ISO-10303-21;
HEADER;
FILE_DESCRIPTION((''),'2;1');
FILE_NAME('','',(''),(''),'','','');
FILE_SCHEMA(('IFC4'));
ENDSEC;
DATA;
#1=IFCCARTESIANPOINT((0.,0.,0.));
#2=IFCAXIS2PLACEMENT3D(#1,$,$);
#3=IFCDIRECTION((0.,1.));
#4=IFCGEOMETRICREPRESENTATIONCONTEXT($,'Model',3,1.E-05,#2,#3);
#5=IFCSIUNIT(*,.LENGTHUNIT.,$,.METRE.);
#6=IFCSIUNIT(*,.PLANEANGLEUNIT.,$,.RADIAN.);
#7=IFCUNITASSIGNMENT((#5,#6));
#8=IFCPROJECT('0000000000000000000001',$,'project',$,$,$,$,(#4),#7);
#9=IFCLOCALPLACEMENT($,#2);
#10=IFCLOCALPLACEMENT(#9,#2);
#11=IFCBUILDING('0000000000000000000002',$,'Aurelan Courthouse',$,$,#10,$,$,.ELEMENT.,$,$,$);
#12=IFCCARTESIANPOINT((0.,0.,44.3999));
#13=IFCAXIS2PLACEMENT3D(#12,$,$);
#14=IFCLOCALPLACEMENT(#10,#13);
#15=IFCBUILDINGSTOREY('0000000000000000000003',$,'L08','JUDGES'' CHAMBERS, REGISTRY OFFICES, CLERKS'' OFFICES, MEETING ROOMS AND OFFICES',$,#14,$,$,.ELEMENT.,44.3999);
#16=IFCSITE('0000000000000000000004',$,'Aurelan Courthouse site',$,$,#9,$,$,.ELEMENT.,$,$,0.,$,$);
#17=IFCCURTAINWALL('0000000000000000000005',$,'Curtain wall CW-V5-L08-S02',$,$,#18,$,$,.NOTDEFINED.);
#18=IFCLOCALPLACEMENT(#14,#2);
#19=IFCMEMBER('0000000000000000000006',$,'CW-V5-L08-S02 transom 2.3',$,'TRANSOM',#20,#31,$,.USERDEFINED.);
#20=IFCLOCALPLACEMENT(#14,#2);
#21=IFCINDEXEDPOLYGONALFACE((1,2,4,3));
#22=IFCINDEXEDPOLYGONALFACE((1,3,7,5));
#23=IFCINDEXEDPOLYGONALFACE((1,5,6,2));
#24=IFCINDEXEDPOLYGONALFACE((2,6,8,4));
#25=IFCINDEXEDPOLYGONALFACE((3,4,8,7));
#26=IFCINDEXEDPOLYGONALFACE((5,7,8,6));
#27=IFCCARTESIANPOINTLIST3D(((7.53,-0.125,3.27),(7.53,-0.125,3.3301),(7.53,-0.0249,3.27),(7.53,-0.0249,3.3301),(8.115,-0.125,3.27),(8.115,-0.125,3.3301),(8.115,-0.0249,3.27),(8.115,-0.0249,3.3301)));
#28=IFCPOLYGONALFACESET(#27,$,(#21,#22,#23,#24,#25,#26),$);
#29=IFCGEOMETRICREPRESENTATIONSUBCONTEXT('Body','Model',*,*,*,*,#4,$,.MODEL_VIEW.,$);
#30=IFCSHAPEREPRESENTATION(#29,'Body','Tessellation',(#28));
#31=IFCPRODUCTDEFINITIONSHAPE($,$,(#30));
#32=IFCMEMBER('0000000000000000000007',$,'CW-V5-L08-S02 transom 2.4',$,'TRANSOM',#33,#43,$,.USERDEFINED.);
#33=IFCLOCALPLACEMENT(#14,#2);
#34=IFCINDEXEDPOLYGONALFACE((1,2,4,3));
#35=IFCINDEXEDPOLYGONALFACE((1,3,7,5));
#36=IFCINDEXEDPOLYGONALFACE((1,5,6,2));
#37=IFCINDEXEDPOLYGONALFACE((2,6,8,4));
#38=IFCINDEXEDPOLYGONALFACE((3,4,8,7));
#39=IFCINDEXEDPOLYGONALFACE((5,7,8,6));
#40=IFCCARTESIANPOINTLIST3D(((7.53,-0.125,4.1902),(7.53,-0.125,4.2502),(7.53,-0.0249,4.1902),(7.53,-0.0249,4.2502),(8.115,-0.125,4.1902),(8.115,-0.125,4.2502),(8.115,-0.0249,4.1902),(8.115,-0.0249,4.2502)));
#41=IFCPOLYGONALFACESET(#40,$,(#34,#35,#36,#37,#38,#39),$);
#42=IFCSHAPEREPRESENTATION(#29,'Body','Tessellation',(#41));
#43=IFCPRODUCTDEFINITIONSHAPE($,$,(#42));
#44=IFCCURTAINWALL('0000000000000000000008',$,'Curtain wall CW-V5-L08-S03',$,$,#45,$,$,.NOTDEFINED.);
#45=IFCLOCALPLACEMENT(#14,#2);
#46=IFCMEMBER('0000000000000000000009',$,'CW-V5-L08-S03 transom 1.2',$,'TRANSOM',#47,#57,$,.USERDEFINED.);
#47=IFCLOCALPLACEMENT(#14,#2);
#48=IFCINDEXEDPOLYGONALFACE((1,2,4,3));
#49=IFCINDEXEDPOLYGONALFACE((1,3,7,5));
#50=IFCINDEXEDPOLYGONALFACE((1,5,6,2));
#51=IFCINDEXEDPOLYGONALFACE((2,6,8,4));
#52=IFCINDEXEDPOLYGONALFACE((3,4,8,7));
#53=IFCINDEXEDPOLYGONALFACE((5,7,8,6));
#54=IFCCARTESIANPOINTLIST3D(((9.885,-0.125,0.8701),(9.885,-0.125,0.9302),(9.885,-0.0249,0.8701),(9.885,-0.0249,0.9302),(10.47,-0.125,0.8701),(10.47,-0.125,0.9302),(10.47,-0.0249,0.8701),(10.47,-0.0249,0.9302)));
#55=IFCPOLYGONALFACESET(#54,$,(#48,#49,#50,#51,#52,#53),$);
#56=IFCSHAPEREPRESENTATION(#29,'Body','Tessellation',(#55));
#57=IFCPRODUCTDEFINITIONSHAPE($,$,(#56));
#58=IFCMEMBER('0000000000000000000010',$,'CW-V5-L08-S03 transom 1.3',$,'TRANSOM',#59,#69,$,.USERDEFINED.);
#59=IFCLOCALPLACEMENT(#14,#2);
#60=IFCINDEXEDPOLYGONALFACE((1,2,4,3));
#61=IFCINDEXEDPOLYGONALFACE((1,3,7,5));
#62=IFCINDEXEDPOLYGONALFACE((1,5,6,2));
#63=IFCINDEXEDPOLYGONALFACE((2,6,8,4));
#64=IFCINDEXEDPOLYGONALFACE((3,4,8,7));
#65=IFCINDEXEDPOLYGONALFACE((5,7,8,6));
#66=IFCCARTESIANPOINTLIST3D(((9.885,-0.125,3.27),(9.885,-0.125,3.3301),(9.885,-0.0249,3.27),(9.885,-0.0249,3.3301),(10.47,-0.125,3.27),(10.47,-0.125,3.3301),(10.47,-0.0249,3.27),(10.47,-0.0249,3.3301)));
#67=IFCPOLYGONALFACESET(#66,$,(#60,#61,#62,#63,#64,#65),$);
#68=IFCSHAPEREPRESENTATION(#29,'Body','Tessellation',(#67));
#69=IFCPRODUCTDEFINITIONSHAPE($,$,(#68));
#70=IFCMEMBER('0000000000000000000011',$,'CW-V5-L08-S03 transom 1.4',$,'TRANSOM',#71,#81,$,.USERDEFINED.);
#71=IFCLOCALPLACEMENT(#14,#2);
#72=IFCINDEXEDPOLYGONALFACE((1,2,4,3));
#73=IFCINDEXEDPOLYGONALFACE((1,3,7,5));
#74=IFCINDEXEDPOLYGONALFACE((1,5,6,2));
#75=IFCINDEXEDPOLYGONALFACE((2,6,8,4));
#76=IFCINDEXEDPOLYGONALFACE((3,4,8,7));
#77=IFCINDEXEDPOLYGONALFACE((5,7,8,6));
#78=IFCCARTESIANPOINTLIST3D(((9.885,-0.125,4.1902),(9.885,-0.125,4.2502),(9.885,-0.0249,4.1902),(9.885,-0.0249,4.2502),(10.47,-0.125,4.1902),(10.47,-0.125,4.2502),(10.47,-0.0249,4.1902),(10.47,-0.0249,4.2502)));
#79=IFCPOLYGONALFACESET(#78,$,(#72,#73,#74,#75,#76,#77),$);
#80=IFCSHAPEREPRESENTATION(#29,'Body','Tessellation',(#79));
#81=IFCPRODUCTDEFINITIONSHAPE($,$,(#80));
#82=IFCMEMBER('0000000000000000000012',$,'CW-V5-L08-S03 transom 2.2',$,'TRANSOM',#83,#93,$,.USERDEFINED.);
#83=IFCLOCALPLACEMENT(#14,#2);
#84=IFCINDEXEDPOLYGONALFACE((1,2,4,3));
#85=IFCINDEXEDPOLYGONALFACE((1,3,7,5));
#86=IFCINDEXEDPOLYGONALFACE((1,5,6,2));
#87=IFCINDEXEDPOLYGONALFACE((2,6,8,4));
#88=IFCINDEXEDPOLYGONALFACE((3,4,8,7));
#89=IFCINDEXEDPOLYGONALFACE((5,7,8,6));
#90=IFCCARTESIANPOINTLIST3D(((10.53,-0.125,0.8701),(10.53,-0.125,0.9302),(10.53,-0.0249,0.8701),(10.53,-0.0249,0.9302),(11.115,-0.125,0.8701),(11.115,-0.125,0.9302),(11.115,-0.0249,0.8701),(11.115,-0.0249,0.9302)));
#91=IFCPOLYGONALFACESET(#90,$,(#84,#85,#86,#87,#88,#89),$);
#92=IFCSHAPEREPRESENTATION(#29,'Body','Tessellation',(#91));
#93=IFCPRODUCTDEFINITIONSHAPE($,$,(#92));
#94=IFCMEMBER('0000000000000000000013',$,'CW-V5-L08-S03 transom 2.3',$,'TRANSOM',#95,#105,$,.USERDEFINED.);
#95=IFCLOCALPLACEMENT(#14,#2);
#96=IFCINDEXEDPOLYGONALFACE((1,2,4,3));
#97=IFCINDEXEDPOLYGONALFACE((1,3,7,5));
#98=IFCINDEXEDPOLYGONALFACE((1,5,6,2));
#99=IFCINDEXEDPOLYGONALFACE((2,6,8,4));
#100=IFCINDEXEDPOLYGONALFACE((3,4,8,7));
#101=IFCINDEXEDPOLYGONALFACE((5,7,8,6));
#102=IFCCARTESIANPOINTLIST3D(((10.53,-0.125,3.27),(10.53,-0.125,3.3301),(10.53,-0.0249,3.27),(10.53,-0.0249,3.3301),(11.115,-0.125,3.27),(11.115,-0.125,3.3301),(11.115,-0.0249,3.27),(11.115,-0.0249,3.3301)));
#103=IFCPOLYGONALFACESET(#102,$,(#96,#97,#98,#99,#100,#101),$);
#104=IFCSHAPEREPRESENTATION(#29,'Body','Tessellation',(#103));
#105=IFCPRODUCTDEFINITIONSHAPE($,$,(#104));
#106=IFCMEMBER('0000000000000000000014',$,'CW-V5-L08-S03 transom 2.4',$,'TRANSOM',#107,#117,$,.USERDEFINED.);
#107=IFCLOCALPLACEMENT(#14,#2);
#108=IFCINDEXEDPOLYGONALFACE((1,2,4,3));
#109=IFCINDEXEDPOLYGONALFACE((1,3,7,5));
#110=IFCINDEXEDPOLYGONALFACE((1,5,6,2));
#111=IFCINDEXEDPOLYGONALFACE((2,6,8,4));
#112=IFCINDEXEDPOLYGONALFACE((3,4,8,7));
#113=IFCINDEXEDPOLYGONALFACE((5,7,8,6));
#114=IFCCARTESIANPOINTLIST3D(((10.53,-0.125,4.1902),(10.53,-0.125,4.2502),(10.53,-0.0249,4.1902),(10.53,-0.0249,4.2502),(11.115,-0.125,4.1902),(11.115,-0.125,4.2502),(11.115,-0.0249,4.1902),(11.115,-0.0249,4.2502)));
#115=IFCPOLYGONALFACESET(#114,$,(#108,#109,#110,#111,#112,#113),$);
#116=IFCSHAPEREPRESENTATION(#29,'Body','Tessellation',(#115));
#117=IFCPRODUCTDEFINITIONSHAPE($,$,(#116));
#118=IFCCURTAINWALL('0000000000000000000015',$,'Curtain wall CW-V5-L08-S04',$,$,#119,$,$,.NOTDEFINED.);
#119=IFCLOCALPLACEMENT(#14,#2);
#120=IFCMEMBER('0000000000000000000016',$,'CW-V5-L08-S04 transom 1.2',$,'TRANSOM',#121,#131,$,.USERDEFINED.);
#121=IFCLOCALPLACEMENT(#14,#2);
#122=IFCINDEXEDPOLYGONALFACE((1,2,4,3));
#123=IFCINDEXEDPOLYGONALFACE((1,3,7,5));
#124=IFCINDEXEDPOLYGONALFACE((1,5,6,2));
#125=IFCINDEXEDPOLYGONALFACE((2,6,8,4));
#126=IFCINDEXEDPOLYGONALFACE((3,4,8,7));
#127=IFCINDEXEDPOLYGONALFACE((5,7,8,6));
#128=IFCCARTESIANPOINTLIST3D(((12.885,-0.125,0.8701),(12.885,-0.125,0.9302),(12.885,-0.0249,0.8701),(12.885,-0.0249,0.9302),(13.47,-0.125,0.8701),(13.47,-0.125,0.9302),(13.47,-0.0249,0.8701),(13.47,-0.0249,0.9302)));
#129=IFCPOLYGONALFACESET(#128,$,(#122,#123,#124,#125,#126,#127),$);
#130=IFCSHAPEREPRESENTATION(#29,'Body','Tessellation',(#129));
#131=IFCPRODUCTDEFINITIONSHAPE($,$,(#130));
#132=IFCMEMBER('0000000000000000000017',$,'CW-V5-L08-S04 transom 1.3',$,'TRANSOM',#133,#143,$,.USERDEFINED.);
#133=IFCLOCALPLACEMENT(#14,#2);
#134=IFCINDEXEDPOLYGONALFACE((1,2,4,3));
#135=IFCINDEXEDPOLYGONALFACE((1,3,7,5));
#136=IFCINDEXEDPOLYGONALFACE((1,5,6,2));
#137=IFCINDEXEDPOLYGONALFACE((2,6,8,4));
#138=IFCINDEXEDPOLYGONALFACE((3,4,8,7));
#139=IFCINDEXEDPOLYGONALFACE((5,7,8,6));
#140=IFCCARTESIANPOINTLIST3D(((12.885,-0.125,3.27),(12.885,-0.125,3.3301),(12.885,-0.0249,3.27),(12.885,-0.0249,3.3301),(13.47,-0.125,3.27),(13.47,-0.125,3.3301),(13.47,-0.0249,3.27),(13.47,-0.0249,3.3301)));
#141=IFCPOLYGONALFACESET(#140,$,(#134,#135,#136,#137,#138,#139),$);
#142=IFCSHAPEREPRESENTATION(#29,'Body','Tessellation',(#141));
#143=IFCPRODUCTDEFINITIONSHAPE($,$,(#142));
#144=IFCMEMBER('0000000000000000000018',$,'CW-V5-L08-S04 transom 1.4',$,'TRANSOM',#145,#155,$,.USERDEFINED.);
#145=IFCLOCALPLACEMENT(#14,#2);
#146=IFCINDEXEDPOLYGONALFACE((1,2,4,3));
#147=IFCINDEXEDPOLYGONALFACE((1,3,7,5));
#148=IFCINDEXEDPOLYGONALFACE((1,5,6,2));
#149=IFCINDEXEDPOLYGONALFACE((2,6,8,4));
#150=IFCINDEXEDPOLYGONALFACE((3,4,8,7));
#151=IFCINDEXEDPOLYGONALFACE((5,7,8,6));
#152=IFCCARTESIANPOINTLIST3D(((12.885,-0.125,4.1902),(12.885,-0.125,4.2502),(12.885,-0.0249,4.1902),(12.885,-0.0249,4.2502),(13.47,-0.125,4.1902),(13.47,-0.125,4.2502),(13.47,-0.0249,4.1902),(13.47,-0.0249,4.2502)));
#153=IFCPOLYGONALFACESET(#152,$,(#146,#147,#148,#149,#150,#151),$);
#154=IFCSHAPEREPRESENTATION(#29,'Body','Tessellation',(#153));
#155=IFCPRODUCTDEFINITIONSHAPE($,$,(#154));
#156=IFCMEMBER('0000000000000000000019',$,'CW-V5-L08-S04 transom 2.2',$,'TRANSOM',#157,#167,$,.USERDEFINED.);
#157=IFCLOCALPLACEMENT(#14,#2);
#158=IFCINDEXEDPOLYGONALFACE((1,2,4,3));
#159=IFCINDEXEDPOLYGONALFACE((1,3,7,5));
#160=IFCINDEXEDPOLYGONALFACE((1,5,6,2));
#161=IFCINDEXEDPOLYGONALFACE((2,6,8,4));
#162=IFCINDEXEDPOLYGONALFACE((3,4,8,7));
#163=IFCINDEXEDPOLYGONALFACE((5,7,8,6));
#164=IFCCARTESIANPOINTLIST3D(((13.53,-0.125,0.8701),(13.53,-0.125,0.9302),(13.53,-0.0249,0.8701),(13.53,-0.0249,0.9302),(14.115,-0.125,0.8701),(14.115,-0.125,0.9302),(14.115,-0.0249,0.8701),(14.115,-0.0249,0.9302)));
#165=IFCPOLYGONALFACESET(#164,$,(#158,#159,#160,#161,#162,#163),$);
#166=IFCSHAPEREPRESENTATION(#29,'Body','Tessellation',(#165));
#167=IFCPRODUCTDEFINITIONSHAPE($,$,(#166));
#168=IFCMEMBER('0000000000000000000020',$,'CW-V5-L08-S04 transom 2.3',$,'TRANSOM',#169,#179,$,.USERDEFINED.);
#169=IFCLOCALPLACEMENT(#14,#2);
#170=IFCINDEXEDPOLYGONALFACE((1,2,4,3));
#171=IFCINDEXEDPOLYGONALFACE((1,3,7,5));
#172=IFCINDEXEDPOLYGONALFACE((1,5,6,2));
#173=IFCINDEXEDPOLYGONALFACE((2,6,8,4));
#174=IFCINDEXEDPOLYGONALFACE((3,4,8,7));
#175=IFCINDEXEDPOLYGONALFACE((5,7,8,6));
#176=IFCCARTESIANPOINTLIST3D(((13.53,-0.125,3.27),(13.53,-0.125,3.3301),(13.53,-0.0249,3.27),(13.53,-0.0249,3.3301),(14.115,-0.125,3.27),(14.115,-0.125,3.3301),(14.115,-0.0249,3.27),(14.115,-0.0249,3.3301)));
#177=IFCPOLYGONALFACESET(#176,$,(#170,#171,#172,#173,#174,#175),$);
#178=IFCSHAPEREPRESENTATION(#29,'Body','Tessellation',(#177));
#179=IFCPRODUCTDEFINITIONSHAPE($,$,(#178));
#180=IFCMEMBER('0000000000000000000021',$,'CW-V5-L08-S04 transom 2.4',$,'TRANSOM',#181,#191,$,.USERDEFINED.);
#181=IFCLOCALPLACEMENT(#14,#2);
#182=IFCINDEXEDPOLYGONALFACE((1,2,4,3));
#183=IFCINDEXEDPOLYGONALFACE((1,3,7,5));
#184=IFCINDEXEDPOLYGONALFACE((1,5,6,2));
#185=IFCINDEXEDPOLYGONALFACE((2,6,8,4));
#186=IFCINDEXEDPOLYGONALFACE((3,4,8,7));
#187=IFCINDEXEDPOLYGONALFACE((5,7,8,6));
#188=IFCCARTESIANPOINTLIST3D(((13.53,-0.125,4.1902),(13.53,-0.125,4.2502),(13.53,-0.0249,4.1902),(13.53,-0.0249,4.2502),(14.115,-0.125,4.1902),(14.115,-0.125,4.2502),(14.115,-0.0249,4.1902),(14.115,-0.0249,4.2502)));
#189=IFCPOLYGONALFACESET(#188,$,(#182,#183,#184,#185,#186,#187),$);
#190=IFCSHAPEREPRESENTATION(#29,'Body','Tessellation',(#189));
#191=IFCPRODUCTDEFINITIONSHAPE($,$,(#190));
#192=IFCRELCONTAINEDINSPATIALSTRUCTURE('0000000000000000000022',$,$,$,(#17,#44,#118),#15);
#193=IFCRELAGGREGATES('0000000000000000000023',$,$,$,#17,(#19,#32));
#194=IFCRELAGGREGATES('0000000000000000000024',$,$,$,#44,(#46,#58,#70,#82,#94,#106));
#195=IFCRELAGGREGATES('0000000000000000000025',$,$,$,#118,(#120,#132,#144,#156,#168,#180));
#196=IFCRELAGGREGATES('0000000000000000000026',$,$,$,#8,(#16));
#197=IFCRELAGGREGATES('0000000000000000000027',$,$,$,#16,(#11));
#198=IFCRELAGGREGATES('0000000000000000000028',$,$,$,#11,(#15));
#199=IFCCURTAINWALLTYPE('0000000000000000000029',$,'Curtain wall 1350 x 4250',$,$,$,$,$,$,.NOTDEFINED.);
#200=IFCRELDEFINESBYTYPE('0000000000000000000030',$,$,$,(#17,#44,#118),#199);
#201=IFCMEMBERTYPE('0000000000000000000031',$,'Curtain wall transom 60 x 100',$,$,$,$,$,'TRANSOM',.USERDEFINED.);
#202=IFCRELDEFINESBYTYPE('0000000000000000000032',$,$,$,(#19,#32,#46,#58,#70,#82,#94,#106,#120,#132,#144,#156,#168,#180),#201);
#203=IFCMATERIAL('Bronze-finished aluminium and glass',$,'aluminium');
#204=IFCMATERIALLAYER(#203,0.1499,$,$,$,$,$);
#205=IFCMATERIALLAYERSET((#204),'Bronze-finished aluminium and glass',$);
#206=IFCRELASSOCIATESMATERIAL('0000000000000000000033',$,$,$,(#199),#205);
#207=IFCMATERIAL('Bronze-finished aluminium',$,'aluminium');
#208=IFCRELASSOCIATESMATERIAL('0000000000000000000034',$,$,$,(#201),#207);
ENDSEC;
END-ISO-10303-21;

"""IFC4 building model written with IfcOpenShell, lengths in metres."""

from ifc_helpers import new_model, si_unit, direction, frame, origin, origin_2d, place, context, subcontext, project, spatial, rectangle, extrude, material, layer, layer_set, material_profile, profile_set, type_object, element, aggregate, save


model = new_model("IFC4")

# Units and contexts
model_context = context("Model", 3, precision=1e-05, world=origin(), true_north=direction((0.0, 1.0)))
body_context = subcontext(model_context, "Body", "Model", "MODEL_VIEW")
ifc_project = project(units=[si_unit("LENGTHUNIT", "METRE"), si_unit("PLANEANGLEUNIT", "RADIAN")], contexts=[model_context])

# Site, building, storey
site_placement = place(None, origin())
site = spatial("IfcSite", under=ifc_project, at=site_placement, Name="Aurelan Courthouse site", CompositionType="ELEMENT", RefElevation=0.0)
building_placement = place(site_placement, origin())
building = spatial("IfcBuilding", under=site, at=building_placement, Name="Aurelan Courthouse", CompositionType="ELEMENT")
storey_placement = place(building_placement, frame((0.0, 0.0, 44.3999)))
storey = spatial("IfcBuildingStorey", under=building, at=storey_placement, Name="L08", Description="JUDGES' CHAMBERS, REGISTRY OFFICES, CLERKS' OFFICES, MEETING ROOMS AND OFFICES", CompositionType="ELEMENT", Elevation=44.3999)

# Curtain walls, members
ifc_material_1 = material(Name="Bronze-finished aluminium and glass", Category="aluminium")
ifc_layer_1 = layer(ifc_material_1, 0.1499)
ifc_layer_set_1 = layer_set([ifc_layer_1], Name="Bronze-finished aluminium and glass")
curtain_wall_type = type_object("IfcCurtainWallType", Name="Curtain wall 1350 x 4250", PredefinedType="NOTDEFINED", material=ifc_layer_set_1)
curtain_wall_1_placement = place(storey_placement, origin())
curtain_wall_1 = element("IfcCurtainWall", 1, at=curtain_wall_1_placement, inside=storey, type_object=curtain_wall_type, Name="Curtain wall CW-V5-L08-S02", PredefinedType="NOTDEFINED")
ifc_material_2 = material(Name="Bronze-finished aluminium", Category="aluminium")
ifc_material_profile = material_profile(ifc_material_2, rectangle(XDim=0.1001, YDim=0.0601, at=origin_2d()), Name="Bronze transom 60 x 100")
ifc_profile_set = profile_set([ifc_material_profile], Name="Bronze-finished aluminium")
member_type = type_object("IfcMemberType", Name="Curtain wall transom 60 x 100", ElementType="TRANSOM", PredefinedType="USERDEFINED", material=ifc_profile_set)
member_1_placement = place(storey_placement, frame((7.53, -0.075, 3.3), z_axis=(1.0, 0.0, 0.0), x_axis=(0.0, 1.0, 0.0)))
member_1 = element("IfcMember", 2, at=member_1_placement, type_object=member_type, Name="CW-V5-L08-S02 transom 2.3", ObjectType="TRANSOM", PredefinedType="USERDEFINED", context=body_context, shape_type="SweptSolid", body=[
    extrude(rectangle(XDim=0.1001, YDim=0.0601, at=origin_2d()), origin(), (0.0, 0.0, 1.0), 0.585),
])
member_2_placement = place(storey_placement, frame((7.53, -0.075, 4.2202), z_axis=(1.0, 0.0, 0.0), x_axis=(0.0, 1.0, 0.0)))
member_2 = element("IfcMember", 3, at=member_2_placement, type_object=member_type, Name="CW-V5-L08-S02 transom 2.4", ObjectType="TRANSOM", PredefinedType="USERDEFINED", context=body_context, shape_type="SweptSolid", body=[
    extrude(rectangle(XDim=0.1001, YDim=0.0601, at=origin_2d()), origin(), (0.0, 0.0, 1.0), 0.585),
])
curtain_wall_2_placement = place(storey_placement, origin())
curtain_wall_2 = element("IfcCurtainWall", 4, at=curtain_wall_2_placement, inside=storey, type_object=curtain_wall_type, Name="Curtain wall CW-V5-L08-S03", PredefinedType="NOTDEFINED")
member_3_placement = place(storey_placement, frame((9.885, -0.075, 0.9001), z_axis=(1.0, 0.0, 0.0), x_axis=(0.0, 1.0, 0.0)))
member_3 = element("IfcMember", 5, at=member_3_placement, type_object=member_type, Name="CW-V5-L08-S03 transom 1.2", ObjectType="TRANSOM", PredefinedType="USERDEFINED", context=body_context, shape_type="SweptSolid", body=[
    extrude(rectangle(XDim=0.1001, YDim=0.0601, at=origin_2d()), origin(), (0.0, 0.0, 1.0), 0.585),
])
member_4_placement = place(storey_placement, frame((9.885, -0.075, 3.3), z_axis=(1.0, 0.0, 0.0), x_axis=(0.0, 1.0, 0.0)))
member_4 = element("IfcMember", 6, at=member_4_placement, type_object=member_type, Name="CW-V5-L08-S03 transom 1.3", ObjectType="TRANSOM", PredefinedType="USERDEFINED", context=body_context, shape_type="SweptSolid", body=[
    extrude(rectangle(XDim=0.1001, YDim=0.0601, at=origin_2d()), origin(), (0.0, 0.0, 1.0), 0.585),
])
member_5_placement = place(storey_placement, frame((9.885, -0.075, 4.2202), z_axis=(1.0, 0.0, 0.0), x_axis=(0.0, 1.0, 0.0)))
member_5 = element("IfcMember", 7, at=member_5_placement, type_object=member_type, Name="CW-V5-L08-S03 transom 1.4", ObjectType="TRANSOM", PredefinedType="USERDEFINED", context=body_context, shape_type="SweptSolid", body=[
    extrude(rectangle(XDim=0.1001, YDim=0.0601, at=origin_2d()), origin(), (0.0, 0.0, 1.0), 0.585),
])
member_6_placement = place(storey_placement, frame((10.53, -0.075, 0.9001), z_axis=(1.0, 0.0, 0.0), x_axis=(0.0, 1.0, 0.0)))
member_6 = element("IfcMember", 8, at=member_6_placement, type_object=member_type, Name="CW-V5-L08-S03 transom 2.2", ObjectType="TRANSOM", PredefinedType="USERDEFINED", context=body_context, shape_type="SweptSolid", body=[
    extrude(rectangle(XDim=0.1001, YDim=0.0601, at=origin_2d()), origin(), (0.0, 0.0, 1.0), 0.585),
])
member_7_placement = place(storey_placement, frame((10.53, -0.075, 3.3), z_axis=(1.0, 0.0, 0.0), x_axis=(0.0, 1.0, 0.0)))
member_7 = element("IfcMember", 9, at=member_7_placement, type_object=member_type, Name="CW-V5-L08-S03 transom 2.3", ObjectType="TRANSOM", PredefinedType="USERDEFINED", context=body_context, shape_type="SweptSolid", body=[
    extrude(rectangle(XDim=0.1001, YDim=0.0601, at=origin_2d()), origin(), (0.0, 0.0, 1.0), 0.585),
])
member_8_placement = place(storey_placement, frame((10.53, -0.075, 4.2202), z_axis=(1.0, 0.0, 0.0), x_axis=(0.0, 1.0, 0.0)))
member_8 = element("IfcMember", 10, at=member_8_placement, type_object=member_type, Name="CW-V5-L08-S03 transom 2.4", ObjectType="TRANSOM", PredefinedType="USERDEFINED", context=body_context, shape_type="SweptSolid", body=[
    extrude(rectangle(XDim=0.1001, YDim=0.0601, at=origin_2d()), origin(), (0.0, 0.0, 1.0), 0.585),
])
curtain_wall_3_placement = place(storey_placement, origin())
curtain_wall_3 = element("IfcCurtainWall", 11, at=curtain_wall_3_placement, inside=storey, type_object=curtain_wall_type, Name="Curtain wall CW-V5-L08-S04", PredefinedType="NOTDEFINED")
member_9_placement = place(storey_placement, frame((12.885, -0.075, 0.9001), z_axis=(1.0, 0.0, 0.0), x_axis=(0.0, 1.0, 0.0)))
member_9 = element("IfcMember", 12, at=member_9_placement, type_object=member_type, Name="CW-V5-L08-S04 transom 1.2", ObjectType="TRANSOM", PredefinedType="USERDEFINED", context=body_context, shape_type="SweptSolid", body=[
    extrude(rectangle(XDim=0.1001, YDim=0.0601, at=origin_2d()), origin(), (0.0, 0.0, 1.0), 0.585),
])
member_10_placement = place(storey_placement, frame((12.885, -0.075, 3.3), z_axis=(1.0, 0.0, 0.0), x_axis=(0.0, 1.0, 0.0)))
member_10 = element("IfcMember", 13, at=member_10_placement, type_object=member_type, Name="CW-V5-L08-S04 transom 1.3", ObjectType="TRANSOM", PredefinedType="USERDEFINED", context=body_context, shape_type="SweptSolid", body=[
    extrude(rectangle(XDim=0.1001, YDim=0.0601, at=origin_2d()), origin(), (0.0, 0.0, 1.0), 0.585),
])
member_11_placement = place(storey_placement, frame((12.885, -0.075, 4.2202), z_axis=(1.0, 0.0, 0.0), x_axis=(0.0, 1.0, 0.0)))
member_11 = element("IfcMember", 14, at=member_11_placement, type_object=member_type, Name="CW-V5-L08-S04 transom 1.4", ObjectType="TRANSOM", PredefinedType="USERDEFINED", context=body_context, shape_type="SweptSolid", body=[
    extrude(rectangle(XDim=0.1001, YDim=0.0601, at=origin_2d()), origin(), (0.0, 0.0, 1.0), 0.585),
])
member_12_placement = place(storey_placement, frame((13.53, -0.075, 0.9001), z_axis=(1.0, 0.0, 0.0), x_axis=(0.0, 1.0, 0.0)))
member_12 = element("IfcMember", 15, at=member_12_placement, type_object=member_type, Name="CW-V5-L08-S04 transom 2.2", ObjectType="TRANSOM", PredefinedType="USERDEFINED", context=body_context, shape_type="SweptSolid", body=[
    extrude(rectangle(XDim=0.1001, YDim=0.0601, at=origin_2d()), origin(), (0.0, 0.0, 1.0), 0.585),
])
member_13_placement = place(storey_placement, frame((13.53, -0.075, 3.3), z_axis=(1.0, 0.0, 0.0), x_axis=(0.0, 1.0, 0.0)))
member_13 = element("IfcMember", 16, at=member_13_placement, type_object=member_type, Name="CW-V5-L08-S04 transom 2.3", ObjectType="TRANSOM", PredefinedType="USERDEFINED", context=body_context, shape_type="SweptSolid", body=[
    extrude(rectangle(XDim=0.1001, YDim=0.0601, at=origin_2d()), origin(), (0.0, 0.0, 1.0), 0.585),
])
member_14_placement = place(storey_placement, frame((13.53, -0.075, 4.2202), z_axis=(1.0, 0.0, 0.0), x_axis=(0.0, 1.0, 0.0)))
member_14 = element("IfcMember", 17, at=member_14_placement, type_object=member_type, Name="CW-V5-L08-S04 transom 2.4", ObjectType="TRANSOM", PredefinedType="USERDEFINED", context=body_context, shape_type="SweptSolid", body=[
    extrude(rectangle(XDim=0.1001, YDim=0.0601, at=origin_2d()), origin(), (0.0, 0.0, 1.0), 0.585),
])

aggregate(curtain_wall_1, [member_1, member_2])
aggregate(curtain_wall_2, [member_3, member_4, member_5, member_6, member_7, member_8])
aggregate(curtain_wall_3, [member_9, member_10, member_11, member_12, member_13, member_14])

save(model, "model.ifc")
